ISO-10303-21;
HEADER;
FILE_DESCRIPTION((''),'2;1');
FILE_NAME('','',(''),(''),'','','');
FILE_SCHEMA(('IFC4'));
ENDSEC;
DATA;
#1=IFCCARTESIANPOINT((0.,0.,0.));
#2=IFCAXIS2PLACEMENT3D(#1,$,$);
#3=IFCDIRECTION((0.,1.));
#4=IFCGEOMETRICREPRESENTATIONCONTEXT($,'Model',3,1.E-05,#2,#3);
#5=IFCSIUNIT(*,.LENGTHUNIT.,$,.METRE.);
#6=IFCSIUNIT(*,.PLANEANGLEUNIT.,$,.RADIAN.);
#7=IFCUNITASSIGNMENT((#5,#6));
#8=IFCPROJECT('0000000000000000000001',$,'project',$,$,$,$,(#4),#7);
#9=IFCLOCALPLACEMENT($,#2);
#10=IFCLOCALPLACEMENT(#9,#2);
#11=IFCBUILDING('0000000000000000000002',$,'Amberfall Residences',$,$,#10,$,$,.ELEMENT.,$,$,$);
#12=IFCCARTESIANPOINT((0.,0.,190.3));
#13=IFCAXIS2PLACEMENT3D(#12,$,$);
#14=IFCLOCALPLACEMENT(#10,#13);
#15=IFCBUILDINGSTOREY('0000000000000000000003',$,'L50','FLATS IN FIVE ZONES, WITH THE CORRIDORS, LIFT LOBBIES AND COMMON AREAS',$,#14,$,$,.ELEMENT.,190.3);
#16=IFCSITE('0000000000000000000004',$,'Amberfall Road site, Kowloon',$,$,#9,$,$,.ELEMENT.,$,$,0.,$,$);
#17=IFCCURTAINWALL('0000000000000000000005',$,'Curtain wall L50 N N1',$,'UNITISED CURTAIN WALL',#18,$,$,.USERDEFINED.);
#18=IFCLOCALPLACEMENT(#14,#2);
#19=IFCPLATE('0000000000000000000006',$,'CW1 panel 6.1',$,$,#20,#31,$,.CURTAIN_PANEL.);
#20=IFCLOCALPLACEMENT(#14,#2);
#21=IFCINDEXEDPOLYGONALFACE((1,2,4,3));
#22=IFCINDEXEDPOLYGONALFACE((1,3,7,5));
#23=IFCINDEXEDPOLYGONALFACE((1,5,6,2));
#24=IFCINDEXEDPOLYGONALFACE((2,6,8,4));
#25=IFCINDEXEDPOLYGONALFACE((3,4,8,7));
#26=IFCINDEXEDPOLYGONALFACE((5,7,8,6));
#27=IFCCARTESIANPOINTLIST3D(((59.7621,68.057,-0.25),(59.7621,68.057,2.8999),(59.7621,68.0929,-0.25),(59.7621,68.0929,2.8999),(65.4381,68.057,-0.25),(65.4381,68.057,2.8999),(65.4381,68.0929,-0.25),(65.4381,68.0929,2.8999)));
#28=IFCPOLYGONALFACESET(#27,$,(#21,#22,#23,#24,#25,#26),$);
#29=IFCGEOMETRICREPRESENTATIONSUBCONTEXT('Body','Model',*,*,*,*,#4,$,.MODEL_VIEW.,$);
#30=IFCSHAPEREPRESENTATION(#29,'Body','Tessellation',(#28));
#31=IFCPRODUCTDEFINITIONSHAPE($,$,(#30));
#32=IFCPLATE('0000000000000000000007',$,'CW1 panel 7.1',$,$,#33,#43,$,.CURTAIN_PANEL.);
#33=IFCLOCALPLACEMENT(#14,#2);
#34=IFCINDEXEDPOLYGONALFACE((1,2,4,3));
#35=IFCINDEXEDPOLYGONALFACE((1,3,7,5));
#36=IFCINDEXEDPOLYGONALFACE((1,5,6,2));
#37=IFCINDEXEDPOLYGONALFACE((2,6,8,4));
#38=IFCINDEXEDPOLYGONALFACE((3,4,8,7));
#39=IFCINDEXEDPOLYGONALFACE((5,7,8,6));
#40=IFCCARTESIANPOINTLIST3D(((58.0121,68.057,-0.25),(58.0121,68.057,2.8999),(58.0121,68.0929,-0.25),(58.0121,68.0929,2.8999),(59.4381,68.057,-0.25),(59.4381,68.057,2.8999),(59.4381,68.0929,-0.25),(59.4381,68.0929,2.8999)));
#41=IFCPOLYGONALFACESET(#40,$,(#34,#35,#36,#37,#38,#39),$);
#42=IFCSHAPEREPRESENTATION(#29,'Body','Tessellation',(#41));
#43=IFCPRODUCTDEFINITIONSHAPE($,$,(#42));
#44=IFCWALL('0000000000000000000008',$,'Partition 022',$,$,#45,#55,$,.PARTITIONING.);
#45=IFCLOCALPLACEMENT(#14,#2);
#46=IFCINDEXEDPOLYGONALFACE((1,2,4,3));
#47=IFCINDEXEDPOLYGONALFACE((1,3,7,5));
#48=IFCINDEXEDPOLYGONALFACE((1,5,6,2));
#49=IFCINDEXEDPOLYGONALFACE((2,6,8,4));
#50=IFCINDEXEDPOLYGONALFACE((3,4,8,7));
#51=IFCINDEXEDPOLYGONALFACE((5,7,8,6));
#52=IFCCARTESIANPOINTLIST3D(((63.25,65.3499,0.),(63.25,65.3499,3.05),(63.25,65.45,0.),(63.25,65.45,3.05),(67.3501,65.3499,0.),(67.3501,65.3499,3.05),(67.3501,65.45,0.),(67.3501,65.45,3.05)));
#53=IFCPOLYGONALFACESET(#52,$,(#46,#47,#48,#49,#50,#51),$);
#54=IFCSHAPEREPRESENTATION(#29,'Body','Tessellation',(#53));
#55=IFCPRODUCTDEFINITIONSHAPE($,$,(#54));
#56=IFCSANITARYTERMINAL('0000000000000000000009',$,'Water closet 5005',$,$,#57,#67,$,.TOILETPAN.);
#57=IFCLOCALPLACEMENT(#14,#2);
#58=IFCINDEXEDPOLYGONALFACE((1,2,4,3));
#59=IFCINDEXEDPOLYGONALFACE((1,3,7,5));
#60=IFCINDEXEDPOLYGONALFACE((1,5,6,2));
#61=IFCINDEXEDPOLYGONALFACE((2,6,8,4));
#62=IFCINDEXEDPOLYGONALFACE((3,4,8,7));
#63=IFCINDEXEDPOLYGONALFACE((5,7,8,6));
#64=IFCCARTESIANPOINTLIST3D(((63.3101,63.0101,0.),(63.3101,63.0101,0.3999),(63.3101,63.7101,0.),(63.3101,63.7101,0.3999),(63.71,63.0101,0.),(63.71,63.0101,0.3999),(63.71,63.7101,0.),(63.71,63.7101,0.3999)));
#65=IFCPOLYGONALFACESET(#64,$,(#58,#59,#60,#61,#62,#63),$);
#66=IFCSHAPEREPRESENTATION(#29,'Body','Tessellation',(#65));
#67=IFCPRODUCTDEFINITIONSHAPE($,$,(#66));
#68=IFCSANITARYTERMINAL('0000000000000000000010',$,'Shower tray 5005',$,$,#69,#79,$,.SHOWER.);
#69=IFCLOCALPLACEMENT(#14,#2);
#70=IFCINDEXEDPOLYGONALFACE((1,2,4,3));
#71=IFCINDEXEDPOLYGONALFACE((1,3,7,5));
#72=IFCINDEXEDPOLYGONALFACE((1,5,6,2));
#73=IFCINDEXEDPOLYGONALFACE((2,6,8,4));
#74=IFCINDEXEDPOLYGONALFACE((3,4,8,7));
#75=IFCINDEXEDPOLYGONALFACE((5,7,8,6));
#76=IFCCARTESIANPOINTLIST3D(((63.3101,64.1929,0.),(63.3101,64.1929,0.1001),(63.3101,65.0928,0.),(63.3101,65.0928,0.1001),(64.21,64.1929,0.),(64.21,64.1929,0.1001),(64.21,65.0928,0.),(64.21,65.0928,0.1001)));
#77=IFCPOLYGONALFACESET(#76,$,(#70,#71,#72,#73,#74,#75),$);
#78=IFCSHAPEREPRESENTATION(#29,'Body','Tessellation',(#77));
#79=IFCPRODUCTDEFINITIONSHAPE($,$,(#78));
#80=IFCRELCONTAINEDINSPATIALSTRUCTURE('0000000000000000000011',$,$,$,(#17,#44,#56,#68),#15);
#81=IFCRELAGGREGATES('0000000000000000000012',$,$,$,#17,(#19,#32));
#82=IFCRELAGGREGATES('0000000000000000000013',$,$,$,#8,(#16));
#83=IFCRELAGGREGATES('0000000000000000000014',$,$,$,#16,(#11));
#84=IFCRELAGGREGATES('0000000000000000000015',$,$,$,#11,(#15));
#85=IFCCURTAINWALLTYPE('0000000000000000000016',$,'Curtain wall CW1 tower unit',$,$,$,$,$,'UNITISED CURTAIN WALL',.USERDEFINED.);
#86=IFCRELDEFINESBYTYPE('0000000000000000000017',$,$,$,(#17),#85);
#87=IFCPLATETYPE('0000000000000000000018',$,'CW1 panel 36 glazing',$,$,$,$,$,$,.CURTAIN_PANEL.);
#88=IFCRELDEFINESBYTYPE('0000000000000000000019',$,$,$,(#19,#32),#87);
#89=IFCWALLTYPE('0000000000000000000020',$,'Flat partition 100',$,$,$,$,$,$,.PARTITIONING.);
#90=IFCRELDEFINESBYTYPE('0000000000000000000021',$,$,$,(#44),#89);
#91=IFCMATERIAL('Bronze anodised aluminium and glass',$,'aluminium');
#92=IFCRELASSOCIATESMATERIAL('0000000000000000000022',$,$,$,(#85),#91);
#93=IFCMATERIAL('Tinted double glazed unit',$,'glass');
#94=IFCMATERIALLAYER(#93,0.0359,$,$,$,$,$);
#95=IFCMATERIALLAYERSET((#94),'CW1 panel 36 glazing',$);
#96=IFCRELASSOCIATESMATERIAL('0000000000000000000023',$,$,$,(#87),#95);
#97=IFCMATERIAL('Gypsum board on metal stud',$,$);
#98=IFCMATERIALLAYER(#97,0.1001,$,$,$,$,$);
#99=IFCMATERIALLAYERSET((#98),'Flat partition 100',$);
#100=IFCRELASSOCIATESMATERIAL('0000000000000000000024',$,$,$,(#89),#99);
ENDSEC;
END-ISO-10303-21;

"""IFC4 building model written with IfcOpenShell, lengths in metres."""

from ifc_helpers import new_model, si_unit, direction, frame, frame_2d, origin, origin_2d, place, context, subcontext, project, spatial, rectangle, extrude, material, layer, layer_set, type_object, element, aggregate, save


model = new_model("IFC4")

# Units and contexts
model_context = context("Model", 3, precision=1e-05, world=origin(), true_north=direction((0.0, 1.0)))
body_context = subcontext(model_context, "Body", "Model", "MODEL_VIEW")
ifc_project = project(units=[si_unit("LENGTHUNIT", "METRE"), si_unit("PLANEANGLEUNIT", "RADIAN")], contexts=[model_context])

# Site, building, storey
site_placement = place(None, origin())
site = spatial("IfcSite", under=ifc_project, at=site_placement, Name="Amberfall Road site, Kowloon", CompositionType="ELEMENT", RefElevation=0.0)
building_placement = place(site_placement, origin())
building = spatial("IfcBuilding", under=site, at=building_placement, Name="Amberfall Residences", CompositionType="ELEMENT")
storey_placement = place(building_placement, frame((0.0, 0.0, 190.3)))
storey = spatial("IfcBuildingStorey", under=building, at=storey_placement, Name="L50", Description="FLATS IN FIVE ZONES, WITH THE CORRIDORS, LIFT LOBBIES AND COMMON AREAS", CompositionType="ELEMENT", Elevation=190.3)

# Curtain wall
ifc_material_1 = material(Name="Bronze anodised aluminium and glass", Category="aluminium")
curtain_wall_type = type_object("IfcCurtainWallType", Name="Curtain wall CW1 tower unit", ElementType="UNITISED CURTAIN WALL", PredefinedType="USERDEFINED", material=ifc_material_1)
curtain_wall_placement = place(storey_placement, origin())
curtain_wall = element("IfcCurtainWall", 1, at=curtain_wall_placement, inside=storey, type_object=curtain_wall_type, Name="Curtain wall L50 N N1", ObjectType="UNITISED CURTAIN WALL", PredefinedType="USERDEFINED")

# Plates
ifc_material_2 = material(Name="Tinted double glazed unit", Category="glass")
ifc_layer_1 = layer(ifc_material_2, 0.0359)
ifc_layer_set_1 = layer_set([ifc_layer_1], Name="CW1 panel 36 glazing")
plate_type = type_object("IfcPlateType", Name="CW1 panel 36 glazing", PredefinedType="CURTAIN_PANEL", material=ifc_layer_set_1)
plate_1_placement = place(storey_placement, frame((62.6001, 68.075, -0.25), z_axis=(0.0, 0.0, 1.0), x_axis=(-1.0, 0.0, 0.0)))
plate_1 = element("IfcPlate", 2, at=plate_1_placement, type_object=plate_type, Name="CW1 panel 6.1", PredefinedType="CURTAIN_PANEL", context=body_context, shape_type="SweptSolid", body=[
    extrude(rectangle(XDim=5.676, YDim=0.0359, at=origin_2d()), origin(), (0.0, 0.0, 1.0), 3.1499),
])
plate_2_placement = place(storey_placement, frame((58.7251, 68.075, -0.25), z_axis=(0.0, 0.0, 1.0), x_axis=(-1.0, 0.0, 0.0)))
plate_2 = element("IfcPlate", 3, at=plate_2_placement, type_object=plate_type, Name="CW1 panel 7.1", PredefinedType="CURTAIN_PANEL", context=body_context, shape_type="SweptSolid", body=[
    extrude(rectangle(XDim=1.426, YDim=0.0359, at=origin_2d()), origin(), (0.0, 0.0, 1.0), 3.1499),
])
aggregate(curtain_wall, [plate_1, plate_2])

# Wall
ifc_material_3 = material(Name="Gypsum board on metal stud")
ifc_layer_2 = layer(ifc_material_3, 0.1001)
ifc_layer_set_2 = layer_set([ifc_layer_2], Name="Flat partition 100")
wall_type = type_object("IfcWallType", Name="Flat partition 100", PredefinedType="PARTITIONING", material=ifc_layer_set_2)
wall_placement = place(storey_placement, frame((63.25, 65.3999, 0.0), z_axis=(0.0, 0.0, 1.0), x_axis=(1.0, 0.0, 0.0)))
element("IfcWall", 4, at=wall_placement, inside=storey, type_object=wall_type, Name="Partition 022", PredefinedType="PARTITIONING", context=body_context, shape_type="SweptSolid", body=[
    extrude(rectangle(XDim=4.1001, YDim=0.1001, at=frame_2d((2.05, 0.0))), origin(), (0.0, 0.0, 1.0), 3.05),
])

# Sanitary terminals
sanitary_terminal_1_placement = place(storey_placement, frame((63.51, 63.3601, 0.0), z_axis=(0.0, 0.0, 1.0), x_axis=(1.0, 0.0, 0.0)))
element("IfcSanitaryTerminal", 5, at=sanitary_terminal_1_placement, inside=storey, Name="Water closet 5005", PredefinedType="TOILETPAN", context=body_context, shape_type="SweptSolid", body=[
    extrude(rectangle(XDim=0.3999, YDim=0.7, at=origin_2d()), origin(), (0.0, 0.0, 1.0), 0.3999),
])
sanitary_terminal_2_placement = place(storey_placement, frame((63.76, 64.6428, 0.0), z_axis=(0.0, 0.0, 1.0), x_axis=(1.0, 0.0, 0.0)))
element("IfcSanitaryTerminal", 6, at=sanitary_terminal_2_placement, inside=storey, Name="Shower tray 5005", PredefinedType="SHOWER", context=body_context, shape_type="SweptSolid", body=[
    extrude(rectangle(XDim=0.8999, YDim=0.8999, at=origin_2d()), origin(), (0.0, 0.0, 1.0), 0.1001),
])

save(model, "model.ifc")
